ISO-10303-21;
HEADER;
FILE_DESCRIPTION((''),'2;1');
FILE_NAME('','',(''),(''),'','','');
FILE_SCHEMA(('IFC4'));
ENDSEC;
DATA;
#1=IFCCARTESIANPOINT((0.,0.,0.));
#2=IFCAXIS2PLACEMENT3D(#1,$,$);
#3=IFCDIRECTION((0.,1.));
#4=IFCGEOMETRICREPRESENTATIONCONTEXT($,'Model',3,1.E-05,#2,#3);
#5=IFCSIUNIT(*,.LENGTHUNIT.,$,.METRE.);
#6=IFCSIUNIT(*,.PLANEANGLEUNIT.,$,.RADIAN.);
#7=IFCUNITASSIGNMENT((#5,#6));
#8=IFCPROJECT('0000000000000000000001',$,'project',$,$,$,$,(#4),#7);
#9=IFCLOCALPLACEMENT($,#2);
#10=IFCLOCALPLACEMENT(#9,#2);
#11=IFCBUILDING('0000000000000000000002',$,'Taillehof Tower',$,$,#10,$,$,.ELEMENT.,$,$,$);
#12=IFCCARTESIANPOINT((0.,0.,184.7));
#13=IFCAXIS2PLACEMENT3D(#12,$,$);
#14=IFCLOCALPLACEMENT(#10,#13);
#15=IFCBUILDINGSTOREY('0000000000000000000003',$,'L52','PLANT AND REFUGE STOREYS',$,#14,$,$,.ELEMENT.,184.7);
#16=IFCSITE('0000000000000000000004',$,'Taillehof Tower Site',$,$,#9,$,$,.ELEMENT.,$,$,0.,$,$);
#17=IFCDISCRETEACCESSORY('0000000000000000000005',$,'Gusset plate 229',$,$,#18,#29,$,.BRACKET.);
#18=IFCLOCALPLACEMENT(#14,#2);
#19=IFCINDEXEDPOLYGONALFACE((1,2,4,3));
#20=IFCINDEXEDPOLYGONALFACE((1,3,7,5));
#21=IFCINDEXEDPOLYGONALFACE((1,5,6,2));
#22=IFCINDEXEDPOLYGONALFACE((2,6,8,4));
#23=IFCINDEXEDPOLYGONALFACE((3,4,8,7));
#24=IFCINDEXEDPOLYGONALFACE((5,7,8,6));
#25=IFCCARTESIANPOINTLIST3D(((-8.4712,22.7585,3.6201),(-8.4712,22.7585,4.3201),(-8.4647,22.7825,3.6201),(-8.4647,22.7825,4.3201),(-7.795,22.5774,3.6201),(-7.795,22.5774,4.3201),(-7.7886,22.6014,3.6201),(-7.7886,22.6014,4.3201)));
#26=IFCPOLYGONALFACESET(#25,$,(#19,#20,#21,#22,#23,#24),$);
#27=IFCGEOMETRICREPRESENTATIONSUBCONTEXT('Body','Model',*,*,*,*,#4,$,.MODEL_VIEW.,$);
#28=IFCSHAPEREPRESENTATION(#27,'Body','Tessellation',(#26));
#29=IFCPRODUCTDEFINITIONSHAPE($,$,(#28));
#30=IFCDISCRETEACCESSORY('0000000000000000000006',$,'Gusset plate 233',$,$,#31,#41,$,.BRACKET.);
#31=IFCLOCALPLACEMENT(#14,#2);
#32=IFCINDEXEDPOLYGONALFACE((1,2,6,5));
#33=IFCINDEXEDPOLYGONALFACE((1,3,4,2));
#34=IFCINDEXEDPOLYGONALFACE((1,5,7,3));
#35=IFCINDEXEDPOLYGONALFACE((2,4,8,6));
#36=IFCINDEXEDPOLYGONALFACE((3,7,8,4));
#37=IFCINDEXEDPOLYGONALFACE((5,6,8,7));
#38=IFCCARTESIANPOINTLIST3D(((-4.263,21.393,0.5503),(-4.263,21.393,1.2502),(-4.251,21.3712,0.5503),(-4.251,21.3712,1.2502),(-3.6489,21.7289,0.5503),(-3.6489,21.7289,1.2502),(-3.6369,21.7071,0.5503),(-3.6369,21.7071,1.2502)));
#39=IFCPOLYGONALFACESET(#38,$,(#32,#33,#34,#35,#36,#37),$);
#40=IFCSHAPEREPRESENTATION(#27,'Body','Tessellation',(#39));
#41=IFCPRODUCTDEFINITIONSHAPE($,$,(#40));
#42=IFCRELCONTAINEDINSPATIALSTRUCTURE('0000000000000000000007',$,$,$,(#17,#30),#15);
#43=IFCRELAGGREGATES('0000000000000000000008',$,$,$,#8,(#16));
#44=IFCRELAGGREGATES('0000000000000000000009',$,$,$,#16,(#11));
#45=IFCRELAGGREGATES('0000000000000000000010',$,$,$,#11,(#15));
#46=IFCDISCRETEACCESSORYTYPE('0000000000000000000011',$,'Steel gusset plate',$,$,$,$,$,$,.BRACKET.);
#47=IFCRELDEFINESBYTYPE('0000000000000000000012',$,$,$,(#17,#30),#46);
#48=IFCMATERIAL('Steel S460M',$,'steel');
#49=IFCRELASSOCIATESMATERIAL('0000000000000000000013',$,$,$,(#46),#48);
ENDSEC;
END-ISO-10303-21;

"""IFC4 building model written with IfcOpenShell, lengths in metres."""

from ifc_helpers import new_model, si_unit, direction, frame, origin, origin_2d, place, context, subcontext, project, spatial, rectangle, extrude, material, type_object, element, save


model = new_model("IFC4")

# Units and contexts
model_context = context("Model", 3, precision=1e-05, world=origin(), true_north=direction((0.0, 1.0)))
body_context = subcontext(model_context, "Body", "Model", "MODEL_VIEW")
ifc_project = project(units=[si_unit("LENGTHUNIT", "METRE"), si_unit("PLANEANGLEUNIT", "RADIAN")], contexts=[model_context])

# Site, building, storey
site_placement = place(None, origin())
site = spatial("IfcSite", under=ifc_project, at=site_placement, Name="Taillehof Tower Site", CompositionType="ELEMENT", RefElevation=0.0)
building_placement = place(site_placement, origin())
building = spatial("IfcBuilding", under=site, at=building_placement, Name="Taillehof Tower", CompositionType="ELEMENT")
storey_placement = place(building_placement, frame((0.0, 0.0, 184.7)))
storey = spatial("IfcBuildingStorey", under=building, at=storey_placement, Name="L52", Description="PLANT AND REFUGE STOREYS", CompositionType="ELEMENT", Elevation=184.7)

# Discrete accessories
ifc_material_1 = material(Name="Steel S460M", Category="steel")
discrete_accessory_type = type_object("IfcDiscreteAccessoryType", Name="Steel gusset plate", PredefinedType="BRACKET", material=ifc_material_1)
for number, where, z_axis, x_axis, name in (
    (1, (-8.1299, 22.6799, 3.6201), (0.0, 0.0, 1.0), (-0.965948, 0.258738, 0.0), "Gusset plate 229"),
    (2, (-3.95, 21.55, 0.5503), (0.0, 0.0, 1.0), (-0.877304, -0.479936, 0.0), "Gusset plate 233"),
):
    element("IfcDiscreteAccessory", number, at=place(storey_placement, frame(where, z_axis=z_axis, x_axis=x_axis)), inside=storey, type_object=discrete_accessory_type, Name=name, PredefinedType="BRACKET", context=body_context, shape_type="SweptSolid", body=[
        extrude(rectangle(XDim=0.7, YDim=0.0249, at=origin_2d()), origin(), (0.0, 0.0, 1.0), 0.7),
    ])

save(model, "model.ifc")
